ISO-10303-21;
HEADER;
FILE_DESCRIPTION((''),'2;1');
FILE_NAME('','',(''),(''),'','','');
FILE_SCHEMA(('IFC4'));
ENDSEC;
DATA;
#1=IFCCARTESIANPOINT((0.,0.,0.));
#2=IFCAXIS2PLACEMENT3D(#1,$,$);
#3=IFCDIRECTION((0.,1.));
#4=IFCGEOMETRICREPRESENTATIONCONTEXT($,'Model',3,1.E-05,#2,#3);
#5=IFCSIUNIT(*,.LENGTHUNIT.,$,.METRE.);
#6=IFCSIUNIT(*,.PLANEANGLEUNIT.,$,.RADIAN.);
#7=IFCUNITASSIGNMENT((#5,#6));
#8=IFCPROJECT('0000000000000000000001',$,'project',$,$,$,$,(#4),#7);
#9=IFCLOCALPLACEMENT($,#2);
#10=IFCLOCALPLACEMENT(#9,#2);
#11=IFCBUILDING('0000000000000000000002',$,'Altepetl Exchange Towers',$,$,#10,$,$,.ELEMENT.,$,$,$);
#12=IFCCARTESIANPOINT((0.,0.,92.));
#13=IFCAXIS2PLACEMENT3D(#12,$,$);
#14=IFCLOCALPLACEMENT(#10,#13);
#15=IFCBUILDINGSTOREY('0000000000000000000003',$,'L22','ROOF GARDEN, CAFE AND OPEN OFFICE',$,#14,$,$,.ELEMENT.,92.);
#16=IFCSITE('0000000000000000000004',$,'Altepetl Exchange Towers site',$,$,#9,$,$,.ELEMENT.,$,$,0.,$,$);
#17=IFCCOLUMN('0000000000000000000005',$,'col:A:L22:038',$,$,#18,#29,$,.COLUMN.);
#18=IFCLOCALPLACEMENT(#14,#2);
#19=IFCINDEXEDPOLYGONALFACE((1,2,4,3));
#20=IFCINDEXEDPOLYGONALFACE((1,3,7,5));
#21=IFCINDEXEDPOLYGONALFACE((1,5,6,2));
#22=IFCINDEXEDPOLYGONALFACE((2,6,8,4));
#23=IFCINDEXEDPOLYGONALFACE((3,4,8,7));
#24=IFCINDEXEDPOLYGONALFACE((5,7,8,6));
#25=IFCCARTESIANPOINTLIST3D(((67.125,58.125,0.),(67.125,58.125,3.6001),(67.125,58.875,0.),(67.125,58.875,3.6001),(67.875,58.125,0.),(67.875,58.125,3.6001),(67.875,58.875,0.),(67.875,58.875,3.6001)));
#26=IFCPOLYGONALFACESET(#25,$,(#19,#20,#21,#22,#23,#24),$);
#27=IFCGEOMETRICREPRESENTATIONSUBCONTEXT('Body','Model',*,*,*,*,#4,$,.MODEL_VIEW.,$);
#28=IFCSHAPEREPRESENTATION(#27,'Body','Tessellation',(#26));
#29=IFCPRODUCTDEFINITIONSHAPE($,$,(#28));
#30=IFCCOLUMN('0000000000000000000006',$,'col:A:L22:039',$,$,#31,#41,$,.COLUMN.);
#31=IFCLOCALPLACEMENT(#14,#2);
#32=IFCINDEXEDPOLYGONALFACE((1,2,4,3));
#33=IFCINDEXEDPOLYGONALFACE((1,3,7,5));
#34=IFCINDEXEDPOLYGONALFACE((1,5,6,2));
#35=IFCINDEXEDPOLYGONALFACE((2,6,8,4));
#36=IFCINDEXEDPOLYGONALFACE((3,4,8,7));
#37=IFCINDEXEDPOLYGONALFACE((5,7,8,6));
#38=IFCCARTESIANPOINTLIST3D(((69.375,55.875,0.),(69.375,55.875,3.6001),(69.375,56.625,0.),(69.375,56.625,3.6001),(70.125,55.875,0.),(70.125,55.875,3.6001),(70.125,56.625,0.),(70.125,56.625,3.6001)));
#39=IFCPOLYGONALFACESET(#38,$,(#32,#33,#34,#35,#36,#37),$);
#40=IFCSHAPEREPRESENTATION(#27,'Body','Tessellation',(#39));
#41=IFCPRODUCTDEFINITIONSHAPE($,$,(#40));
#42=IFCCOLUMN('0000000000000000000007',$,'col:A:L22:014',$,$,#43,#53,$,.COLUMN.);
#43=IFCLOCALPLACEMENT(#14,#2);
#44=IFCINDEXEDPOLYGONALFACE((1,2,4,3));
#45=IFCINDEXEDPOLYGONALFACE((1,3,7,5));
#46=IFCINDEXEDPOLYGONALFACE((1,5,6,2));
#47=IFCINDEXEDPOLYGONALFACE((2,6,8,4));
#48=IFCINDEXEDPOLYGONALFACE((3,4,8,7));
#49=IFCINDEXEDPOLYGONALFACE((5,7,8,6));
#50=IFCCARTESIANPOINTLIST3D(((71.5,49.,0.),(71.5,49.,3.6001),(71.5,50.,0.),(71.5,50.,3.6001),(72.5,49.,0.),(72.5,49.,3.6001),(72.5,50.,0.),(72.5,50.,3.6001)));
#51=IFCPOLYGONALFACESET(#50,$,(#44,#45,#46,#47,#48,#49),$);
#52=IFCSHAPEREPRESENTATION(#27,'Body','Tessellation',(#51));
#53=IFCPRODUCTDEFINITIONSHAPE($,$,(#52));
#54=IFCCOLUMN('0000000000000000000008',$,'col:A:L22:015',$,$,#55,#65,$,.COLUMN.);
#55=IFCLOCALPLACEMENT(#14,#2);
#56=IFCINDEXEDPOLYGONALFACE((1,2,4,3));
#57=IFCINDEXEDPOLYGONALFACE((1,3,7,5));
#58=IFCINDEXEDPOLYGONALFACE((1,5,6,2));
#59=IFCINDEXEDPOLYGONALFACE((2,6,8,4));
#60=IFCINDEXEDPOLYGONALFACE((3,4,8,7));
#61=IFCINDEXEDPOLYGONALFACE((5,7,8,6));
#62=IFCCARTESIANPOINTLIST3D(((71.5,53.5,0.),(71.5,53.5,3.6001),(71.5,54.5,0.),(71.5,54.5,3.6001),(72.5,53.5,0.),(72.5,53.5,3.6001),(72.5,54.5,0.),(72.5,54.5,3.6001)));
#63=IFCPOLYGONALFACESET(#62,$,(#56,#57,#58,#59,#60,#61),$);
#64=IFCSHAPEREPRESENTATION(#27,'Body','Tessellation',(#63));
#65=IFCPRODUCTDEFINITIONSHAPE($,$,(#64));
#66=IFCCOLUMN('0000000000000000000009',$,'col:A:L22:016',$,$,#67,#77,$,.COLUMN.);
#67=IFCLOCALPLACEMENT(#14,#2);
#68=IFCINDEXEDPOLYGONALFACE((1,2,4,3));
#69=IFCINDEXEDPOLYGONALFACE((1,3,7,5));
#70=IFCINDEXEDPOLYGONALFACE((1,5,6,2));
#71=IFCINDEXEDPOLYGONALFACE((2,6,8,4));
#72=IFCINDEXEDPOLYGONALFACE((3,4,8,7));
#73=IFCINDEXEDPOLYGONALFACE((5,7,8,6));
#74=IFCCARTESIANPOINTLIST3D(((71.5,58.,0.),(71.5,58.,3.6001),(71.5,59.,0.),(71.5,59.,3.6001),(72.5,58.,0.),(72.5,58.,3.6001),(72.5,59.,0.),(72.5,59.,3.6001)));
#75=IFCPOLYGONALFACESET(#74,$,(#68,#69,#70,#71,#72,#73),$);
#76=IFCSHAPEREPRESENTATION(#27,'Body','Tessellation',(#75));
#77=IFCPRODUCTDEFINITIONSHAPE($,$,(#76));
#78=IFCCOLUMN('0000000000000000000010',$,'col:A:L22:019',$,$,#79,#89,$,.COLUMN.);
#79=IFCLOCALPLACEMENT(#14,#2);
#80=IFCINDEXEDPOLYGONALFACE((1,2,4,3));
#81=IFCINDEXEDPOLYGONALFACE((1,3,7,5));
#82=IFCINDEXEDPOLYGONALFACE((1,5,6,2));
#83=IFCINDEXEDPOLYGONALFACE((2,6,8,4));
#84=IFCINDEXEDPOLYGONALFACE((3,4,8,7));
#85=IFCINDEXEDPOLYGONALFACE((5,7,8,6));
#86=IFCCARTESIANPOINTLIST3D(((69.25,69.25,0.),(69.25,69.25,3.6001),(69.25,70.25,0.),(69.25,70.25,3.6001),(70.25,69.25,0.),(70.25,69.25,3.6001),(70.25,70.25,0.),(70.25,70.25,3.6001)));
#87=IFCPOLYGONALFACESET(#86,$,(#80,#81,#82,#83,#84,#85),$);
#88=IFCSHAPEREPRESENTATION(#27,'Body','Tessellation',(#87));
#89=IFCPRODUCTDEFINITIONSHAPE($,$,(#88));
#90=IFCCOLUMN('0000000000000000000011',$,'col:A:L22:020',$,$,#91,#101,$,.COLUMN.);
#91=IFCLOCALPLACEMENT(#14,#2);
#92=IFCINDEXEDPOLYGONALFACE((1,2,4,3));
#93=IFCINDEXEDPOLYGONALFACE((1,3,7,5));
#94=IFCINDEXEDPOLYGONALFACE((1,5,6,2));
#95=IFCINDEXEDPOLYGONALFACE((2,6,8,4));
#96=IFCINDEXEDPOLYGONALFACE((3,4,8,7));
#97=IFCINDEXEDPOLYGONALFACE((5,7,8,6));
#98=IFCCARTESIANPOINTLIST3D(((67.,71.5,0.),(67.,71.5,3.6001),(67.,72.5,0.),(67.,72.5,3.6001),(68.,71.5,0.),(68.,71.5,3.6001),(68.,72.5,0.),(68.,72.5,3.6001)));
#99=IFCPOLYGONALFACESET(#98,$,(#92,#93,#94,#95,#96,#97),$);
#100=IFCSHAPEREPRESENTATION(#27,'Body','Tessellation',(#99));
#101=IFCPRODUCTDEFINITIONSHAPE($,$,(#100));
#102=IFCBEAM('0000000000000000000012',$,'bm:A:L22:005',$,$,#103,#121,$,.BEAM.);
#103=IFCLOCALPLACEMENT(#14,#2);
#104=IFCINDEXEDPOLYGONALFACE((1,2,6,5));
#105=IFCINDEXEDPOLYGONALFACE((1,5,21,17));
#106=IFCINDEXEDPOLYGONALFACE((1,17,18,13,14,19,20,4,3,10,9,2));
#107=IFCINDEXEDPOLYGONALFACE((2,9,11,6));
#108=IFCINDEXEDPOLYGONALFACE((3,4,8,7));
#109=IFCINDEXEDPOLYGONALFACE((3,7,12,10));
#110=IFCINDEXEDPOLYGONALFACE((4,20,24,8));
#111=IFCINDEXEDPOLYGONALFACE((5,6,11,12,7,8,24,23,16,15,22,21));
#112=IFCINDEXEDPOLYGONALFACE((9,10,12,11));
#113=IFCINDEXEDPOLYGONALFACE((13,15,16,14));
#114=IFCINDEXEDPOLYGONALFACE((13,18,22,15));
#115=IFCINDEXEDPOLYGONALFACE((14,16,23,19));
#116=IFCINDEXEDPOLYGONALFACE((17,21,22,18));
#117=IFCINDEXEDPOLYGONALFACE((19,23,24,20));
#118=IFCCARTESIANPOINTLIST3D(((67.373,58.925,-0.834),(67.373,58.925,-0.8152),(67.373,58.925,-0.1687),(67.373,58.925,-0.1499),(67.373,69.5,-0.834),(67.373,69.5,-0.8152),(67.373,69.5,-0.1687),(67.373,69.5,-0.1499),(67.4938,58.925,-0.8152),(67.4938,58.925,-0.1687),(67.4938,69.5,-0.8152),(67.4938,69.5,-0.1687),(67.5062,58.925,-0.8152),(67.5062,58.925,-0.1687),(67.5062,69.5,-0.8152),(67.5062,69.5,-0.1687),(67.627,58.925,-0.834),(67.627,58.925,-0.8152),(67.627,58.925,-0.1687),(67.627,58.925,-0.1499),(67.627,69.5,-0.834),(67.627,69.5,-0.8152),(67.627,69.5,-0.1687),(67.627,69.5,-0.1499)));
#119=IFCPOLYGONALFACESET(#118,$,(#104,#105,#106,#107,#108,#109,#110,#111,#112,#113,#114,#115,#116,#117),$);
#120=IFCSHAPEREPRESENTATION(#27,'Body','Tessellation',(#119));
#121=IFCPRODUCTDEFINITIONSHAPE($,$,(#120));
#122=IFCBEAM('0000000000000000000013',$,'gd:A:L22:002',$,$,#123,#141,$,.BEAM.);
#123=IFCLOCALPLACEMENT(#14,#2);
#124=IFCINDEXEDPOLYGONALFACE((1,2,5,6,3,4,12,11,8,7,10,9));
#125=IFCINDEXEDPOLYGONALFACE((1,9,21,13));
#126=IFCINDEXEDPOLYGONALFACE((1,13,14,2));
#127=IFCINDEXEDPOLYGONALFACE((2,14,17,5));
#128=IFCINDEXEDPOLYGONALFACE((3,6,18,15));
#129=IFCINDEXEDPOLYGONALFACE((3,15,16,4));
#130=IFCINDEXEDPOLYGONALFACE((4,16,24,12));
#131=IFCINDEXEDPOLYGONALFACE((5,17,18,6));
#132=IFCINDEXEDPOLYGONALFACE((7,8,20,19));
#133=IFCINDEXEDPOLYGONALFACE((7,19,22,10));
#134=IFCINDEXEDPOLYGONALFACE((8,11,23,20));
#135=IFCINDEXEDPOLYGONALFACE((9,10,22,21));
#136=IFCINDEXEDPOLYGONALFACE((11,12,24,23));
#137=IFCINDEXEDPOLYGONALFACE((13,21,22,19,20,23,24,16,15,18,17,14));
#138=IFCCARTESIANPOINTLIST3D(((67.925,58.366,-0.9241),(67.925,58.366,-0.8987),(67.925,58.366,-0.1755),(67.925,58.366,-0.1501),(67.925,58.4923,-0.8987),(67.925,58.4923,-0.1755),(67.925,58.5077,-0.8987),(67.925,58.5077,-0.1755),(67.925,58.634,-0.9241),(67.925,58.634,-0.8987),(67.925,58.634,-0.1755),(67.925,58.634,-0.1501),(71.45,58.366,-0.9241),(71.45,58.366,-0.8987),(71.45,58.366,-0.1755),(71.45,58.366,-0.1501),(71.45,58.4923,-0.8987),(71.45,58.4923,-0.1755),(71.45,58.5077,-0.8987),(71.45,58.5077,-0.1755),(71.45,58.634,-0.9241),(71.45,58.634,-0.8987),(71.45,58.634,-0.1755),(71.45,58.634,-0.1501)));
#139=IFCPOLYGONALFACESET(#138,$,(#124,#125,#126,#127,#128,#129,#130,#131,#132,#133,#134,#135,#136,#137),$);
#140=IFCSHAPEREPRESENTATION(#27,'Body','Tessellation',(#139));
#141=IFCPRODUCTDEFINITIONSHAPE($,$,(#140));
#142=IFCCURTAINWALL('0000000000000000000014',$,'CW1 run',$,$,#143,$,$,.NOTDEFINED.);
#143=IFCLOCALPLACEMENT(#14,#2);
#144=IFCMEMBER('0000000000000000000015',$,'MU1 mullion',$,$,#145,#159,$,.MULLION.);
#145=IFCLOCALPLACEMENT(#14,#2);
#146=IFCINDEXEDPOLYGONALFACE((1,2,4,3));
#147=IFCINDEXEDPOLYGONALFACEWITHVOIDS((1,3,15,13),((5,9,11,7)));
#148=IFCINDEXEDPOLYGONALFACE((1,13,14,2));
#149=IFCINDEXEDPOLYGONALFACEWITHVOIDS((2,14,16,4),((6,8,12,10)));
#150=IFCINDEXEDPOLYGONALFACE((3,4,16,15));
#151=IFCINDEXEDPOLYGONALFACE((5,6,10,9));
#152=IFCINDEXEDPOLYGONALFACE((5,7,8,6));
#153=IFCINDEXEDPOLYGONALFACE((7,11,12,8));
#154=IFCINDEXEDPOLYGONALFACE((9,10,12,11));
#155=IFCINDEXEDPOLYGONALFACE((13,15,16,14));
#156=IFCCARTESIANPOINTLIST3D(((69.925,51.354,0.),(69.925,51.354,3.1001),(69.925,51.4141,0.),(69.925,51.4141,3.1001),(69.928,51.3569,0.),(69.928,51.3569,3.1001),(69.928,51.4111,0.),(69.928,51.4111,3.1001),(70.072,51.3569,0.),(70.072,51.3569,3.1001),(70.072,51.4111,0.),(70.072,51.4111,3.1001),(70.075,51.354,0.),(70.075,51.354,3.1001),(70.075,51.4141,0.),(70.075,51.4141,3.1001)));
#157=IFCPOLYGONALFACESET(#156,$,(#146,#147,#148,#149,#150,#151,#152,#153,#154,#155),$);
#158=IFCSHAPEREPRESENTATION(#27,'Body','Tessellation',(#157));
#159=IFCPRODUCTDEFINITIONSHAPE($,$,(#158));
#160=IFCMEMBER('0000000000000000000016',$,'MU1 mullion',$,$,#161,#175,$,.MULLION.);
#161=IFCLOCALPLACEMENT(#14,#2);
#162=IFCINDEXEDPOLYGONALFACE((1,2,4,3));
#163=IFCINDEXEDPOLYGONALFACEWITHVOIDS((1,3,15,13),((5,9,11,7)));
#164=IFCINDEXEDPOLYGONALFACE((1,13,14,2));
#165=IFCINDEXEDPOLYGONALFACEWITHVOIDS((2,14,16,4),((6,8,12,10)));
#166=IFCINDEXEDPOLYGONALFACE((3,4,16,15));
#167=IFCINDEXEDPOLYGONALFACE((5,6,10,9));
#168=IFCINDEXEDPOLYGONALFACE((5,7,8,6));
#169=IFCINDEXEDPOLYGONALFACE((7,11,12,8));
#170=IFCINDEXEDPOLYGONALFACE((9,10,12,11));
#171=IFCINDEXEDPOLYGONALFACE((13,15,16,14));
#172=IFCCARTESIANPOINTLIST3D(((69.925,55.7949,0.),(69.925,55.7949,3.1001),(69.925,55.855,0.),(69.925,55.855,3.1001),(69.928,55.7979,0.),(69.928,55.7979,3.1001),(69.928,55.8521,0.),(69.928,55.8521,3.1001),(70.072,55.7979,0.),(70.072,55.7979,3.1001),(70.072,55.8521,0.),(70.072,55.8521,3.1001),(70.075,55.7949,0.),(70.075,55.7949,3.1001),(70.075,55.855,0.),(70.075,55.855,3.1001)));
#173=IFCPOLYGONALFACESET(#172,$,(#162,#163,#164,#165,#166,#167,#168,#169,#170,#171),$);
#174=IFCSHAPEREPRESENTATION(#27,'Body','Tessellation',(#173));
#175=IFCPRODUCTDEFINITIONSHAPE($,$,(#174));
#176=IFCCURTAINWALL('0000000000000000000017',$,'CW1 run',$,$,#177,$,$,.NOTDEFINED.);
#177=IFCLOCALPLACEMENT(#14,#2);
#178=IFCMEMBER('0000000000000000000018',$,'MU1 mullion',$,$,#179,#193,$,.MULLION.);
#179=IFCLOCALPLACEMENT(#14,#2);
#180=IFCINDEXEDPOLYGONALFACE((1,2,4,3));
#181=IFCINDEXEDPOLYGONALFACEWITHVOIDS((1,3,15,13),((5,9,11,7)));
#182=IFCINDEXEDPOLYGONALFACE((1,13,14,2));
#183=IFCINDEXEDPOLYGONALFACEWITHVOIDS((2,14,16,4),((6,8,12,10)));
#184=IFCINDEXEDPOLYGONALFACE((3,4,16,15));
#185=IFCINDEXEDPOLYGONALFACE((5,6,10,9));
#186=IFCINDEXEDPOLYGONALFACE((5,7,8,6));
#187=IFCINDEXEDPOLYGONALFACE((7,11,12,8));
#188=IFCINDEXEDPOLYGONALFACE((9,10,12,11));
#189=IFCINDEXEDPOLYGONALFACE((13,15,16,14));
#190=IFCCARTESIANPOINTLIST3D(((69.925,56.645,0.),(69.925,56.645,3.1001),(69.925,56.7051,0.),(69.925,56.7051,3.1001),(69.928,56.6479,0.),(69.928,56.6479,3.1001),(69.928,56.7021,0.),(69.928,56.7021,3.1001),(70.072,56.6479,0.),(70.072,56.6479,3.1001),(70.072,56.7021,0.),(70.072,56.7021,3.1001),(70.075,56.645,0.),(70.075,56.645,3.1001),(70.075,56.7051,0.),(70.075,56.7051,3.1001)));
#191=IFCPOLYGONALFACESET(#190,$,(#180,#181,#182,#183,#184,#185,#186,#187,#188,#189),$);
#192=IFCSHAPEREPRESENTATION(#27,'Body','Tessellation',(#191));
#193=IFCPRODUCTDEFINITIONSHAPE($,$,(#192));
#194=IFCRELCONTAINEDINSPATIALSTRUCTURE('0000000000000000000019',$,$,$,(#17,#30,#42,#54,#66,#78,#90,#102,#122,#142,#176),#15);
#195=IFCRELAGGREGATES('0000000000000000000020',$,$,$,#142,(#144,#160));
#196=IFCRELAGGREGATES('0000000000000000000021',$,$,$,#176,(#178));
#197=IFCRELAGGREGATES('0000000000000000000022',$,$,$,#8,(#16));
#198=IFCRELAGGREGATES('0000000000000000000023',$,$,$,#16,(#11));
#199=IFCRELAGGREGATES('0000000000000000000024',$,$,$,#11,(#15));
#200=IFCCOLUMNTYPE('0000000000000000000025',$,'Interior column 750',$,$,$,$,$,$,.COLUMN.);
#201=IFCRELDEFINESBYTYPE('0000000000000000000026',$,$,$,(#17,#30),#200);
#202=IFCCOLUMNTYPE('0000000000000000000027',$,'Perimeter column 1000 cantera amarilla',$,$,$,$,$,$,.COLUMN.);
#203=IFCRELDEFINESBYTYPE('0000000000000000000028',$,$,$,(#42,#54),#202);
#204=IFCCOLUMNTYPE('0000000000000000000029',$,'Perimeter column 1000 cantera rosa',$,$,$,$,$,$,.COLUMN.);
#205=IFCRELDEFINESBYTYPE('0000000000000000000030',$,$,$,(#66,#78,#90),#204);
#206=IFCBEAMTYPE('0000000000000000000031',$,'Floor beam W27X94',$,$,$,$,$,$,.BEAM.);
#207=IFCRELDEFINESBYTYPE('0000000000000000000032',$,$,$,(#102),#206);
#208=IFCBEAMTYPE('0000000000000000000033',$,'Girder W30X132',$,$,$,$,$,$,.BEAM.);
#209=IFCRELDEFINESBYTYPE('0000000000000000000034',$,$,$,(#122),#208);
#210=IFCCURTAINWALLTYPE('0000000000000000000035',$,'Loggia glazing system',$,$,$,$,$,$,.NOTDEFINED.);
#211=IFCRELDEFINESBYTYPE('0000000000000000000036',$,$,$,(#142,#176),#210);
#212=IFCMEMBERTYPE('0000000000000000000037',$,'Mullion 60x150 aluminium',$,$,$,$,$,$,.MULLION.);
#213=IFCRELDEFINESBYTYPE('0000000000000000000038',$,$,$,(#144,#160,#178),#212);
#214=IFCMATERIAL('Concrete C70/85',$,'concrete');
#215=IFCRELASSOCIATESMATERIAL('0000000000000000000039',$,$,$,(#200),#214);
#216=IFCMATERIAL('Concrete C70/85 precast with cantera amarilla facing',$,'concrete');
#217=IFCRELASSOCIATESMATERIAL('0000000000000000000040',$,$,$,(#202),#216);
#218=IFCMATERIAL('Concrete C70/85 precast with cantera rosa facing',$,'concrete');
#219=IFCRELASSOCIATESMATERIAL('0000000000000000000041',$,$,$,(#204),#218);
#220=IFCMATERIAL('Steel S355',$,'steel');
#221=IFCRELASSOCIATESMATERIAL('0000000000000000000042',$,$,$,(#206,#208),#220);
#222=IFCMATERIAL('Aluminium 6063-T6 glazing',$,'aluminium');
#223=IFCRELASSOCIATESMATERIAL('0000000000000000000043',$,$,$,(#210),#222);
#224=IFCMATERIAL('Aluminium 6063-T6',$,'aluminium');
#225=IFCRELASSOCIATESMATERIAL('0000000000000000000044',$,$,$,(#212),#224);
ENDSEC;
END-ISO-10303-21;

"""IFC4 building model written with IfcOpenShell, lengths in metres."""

from ifc_helpers import new_model, si_unit, direction, frame, origin, origin_2d, place, context, subcontext, project, spatial, rectangle, hollow_rectangle, i_section, extrude, material, material_profile, profile_set, type_object, element, aggregate, save


model = new_model("IFC4")

# Units and contexts
model_context = context("Model", 3, precision=1e-05, world=origin(), true_north=direction((0.0, 1.0)))
body_context = subcontext(model_context, "Body", "Model", "MODEL_VIEW")
ifc_project = project(units=[si_unit("LENGTHUNIT", "METRE"), si_unit("PLANEANGLEUNIT", "RADIAN")], contexts=[model_context])

# Site, building, storey
site_placement = place(None, origin())
site = spatial("IfcSite", under=ifc_project, at=site_placement, Name="Altepetl Exchange Towers site", CompositionType="ELEMENT", RefElevation=0.0)
building_placement = place(site_placement, origin())
building = spatial("IfcBuilding", under=site, at=building_placement, Name="Altepetl Exchange Towers", CompositionType="ELEMENT")
storey_placement = place(building_placement, frame((0.0, 0.0, 92.0)))
storey = spatial("IfcBuildingStorey", under=building, at=storey_placement, Name="L22", Description="ROOF GARDEN, CAFE AND OPEN OFFICE", CompositionType="ELEMENT", Elevation=92.0)

# Columns
ifc_material_1 = material(Name="Concrete C70/85", Category="concrete")
ifc_material_profile_1 = material_profile(ifc_material_1, rectangle(XDim=0.75, YDim=0.75, at=origin_2d()), Name="750 x 750")
ifc_profile_set_1 = profile_set([ifc_material_profile_1], Name="Concrete C70/85")
column_type_1 = type_object("IfcColumnType", Name="Interior column 750", PredefinedType="COLUMN", material=ifc_profile_set_1)
for number, where, name in (
    (1, (67.5, 58.5, 0.0), "col:A:L22:038"),
    (2, (69.75, 56.25, 0.0), "col:A:L22:039"),
):
    element("IfcColumn", number, at=place(storey_placement, frame(where)), inside=storey, type_object=column_type_1, Name=name, PredefinedType="COLUMN", context=body_context, shape_type="SweptSolid", body=[
        extrude(rectangle(XDim=0.75, YDim=0.75, at=origin_2d()), origin(), (0.0, 0.0, 1.0), 3.6001),
    ])
ifc_material_2 = material(Name="Concrete C70/85 precast with cantera amarilla facing", Category="concrete")
ifc_material_profile_2 = material_profile(ifc_material_2, rectangle(XDim=1.0, YDim=1.0, at=origin_2d()), Name="1000 x 1000")
ifc_profile_set_2 = profile_set([ifc_material_profile_2], Name="Concrete C70/85 precast with cantera amarilla facing")
column_type_2 = type_object("IfcColumnType", Name="Perimeter column 1000 cantera amarilla", PredefinedType="COLUMN", material=ifc_profile_set_2)
for number, where, name in (
    (3, (72.0, 49.5, 0.0), "col:A:L22:014"),
    (4, (72.0, 54.0, 0.0), "col:A:L22:015"),
):
    element("IfcColumn", number, at=place(storey_placement, frame(where)), inside=storey, type_object=column_type_2, Name=name, PredefinedType="COLUMN", context=body_context, shape_type="SweptSolid", body=[
        extrude(rectangle(XDim=1.0, YDim=1.0, at=origin_2d()), origin(), (0.0, 0.0, 1.0), 3.6001),
    ])
ifc_material_3 = material(Name="Concrete C70/85 precast with cantera rosa facing", Category="concrete")
ifc_material_profile_3 = material_profile(ifc_material_3, rectangle(XDim=1.0, YDim=1.0, at=origin_2d()), Name="1000 x 1000")
ifc_profile_set_3 = profile_set([ifc_material_profile_3], Name="Concrete C70/85 precast with cantera rosa facing")
column_type_3 = type_object("IfcColumnType", Name="Perimeter column 1000 cantera rosa", PredefinedType="COLUMN", material=ifc_profile_set_3)
for number, where, name in (
    (5, (72.0, 58.5, 0.0), "col:A:L22:016"),
    (6, (69.75, 69.75, 0.0), "col:A:L22:019"),
    (7, (67.5, 72.0, 0.0), "col:A:L22:020"),
):
    element("IfcColumn", number, at=place(storey_placement, frame(where)), inside=storey, type_object=column_type_3, Name=name, PredefinedType="COLUMN", context=body_context, shape_type="SweptSolid", body=[
        extrude(rectangle(XDim=1.0, YDim=1.0, at=origin_2d()), origin(), (0.0, 0.0, 1.0), 3.6001),
    ])

# Beams
ifc_material_4 = material(Name="Steel S355", Category="steel")
ifc_material_profile_4 = material_profile(ifc_material_4, i_section(OverallWidth=0.2539, OverallDepth=0.6841, WebThickness=0.0125, FlangeThickness=0.0188, at=origin_2d()), Name="W27X94")
ifc_profile_set_4 = profile_set([ifc_material_profile_4], Name="Steel S355")
beam_type_1 = type_object("IfcBeamType", Name="Floor beam W27X94", PredefinedType="BEAM", material=ifc_profile_set_4)
beam_1_placement = place(storey_placement, frame((67.5, 58.925, -0.4919), z_axis=(0.0, 1.0, 0.0), x_axis=(-1.0, 0.0, 0.0)))
element("IfcBeam", 8, at=beam_1_placement, inside=storey, type_object=beam_type_1, Name="bm:A:L22:005", PredefinedType="BEAM", context=body_context, shape_type="SweptSolid", body=[
    extrude(i_section(OverallWidth=0.2539, OverallDepth=0.6841, WebThickness=0.0125, FlangeThickness=0.0188, at=origin_2d()), origin(), (0.0, 0.0, 1.0), 10.575),
])
ifc_material_profile_5 = material_profile(ifc_material_4, i_section(OverallWidth=0.2681, OverallDepth=0.7739, WebThickness=0.0154, FlangeThickness=0.0254, at=origin_2d()), Name="W30X132")
ifc_profile_set_5 = profile_set([ifc_material_profile_5], Name="Steel S355")
beam_type_2 = type_object("IfcBeamType", Name="Girder W30X132", PredefinedType="BEAM", material=ifc_profile_set_5)
beam_2_placement = place(storey_placement, frame((67.925, 58.5, -0.5371), z_axis=(1.0, 0.0, 0.0), x_axis=(0.0, 1.0, 0.0)))
element("IfcBeam", 9, at=beam_2_placement, inside=storey, type_object=beam_type_2, Name="gd:A:L22:002", PredefinedType="BEAM", context=body_context, shape_type="SweptSolid", body=[
    extrude(i_section(OverallWidth=0.2681, OverallDepth=0.7739, WebThickness=0.0154, FlangeThickness=0.0254, at=origin_2d()), origin(), (0.0, 0.0, 1.0), 3.5249),
])

# Curtain walls, members
ifc_material_5 = material(Name="Aluminium 6063-T6 glazing", Category="aluminium")
curtain_wall_type = type_object("IfcCurtainWallType", Name="Loggia glazing system", PredefinedType="NOTDEFINED", material=ifc_material_5)
curtain_wall_1_placement = place(storey_placement, origin())
curtain_wall_1 = element("IfcCurtainWall", 10, at=curtain_wall_1_placement, inside=storey, type_object=curtain_wall_type, Name="CW1 run", PredefinedType="NOTDEFINED")
ifc_material_6 = material(Name="Aluminium 6063-T6", Category="aluminium")
ifc_material_profile_6 = material_profile(ifc_material_6, hollow_rectangle(XDim=0.0601, YDim=0.1499, WallThickness=0.0029, at=origin_2d()), Name="Mullion 60x150 aluminium")
ifc_profile_set_6 = profile_set([ifc_material_profile_6], Name="Aluminium 6063-T6")
member_type = type_object("IfcMemberType", Name="Mullion 60x150 aluminium", PredefinedType="MULLION", material=ifc_profile_set_6)
member_1_placement = place(storey_placement, frame((70.0, 51.384, 0.0), z_axis=(0.0, 0.0, 1.0), x_axis=(0.0, 1.0, 0.0)))
member_1 = element("IfcMember", 11, at=member_1_placement, type_object=member_type, Name="MU1 mullion", PredefinedType="MULLION", context=body_context, shape_type="SweptSolid", body=[
    extrude(hollow_rectangle(XDim=0.0601, YDim=0.1499, WallThickness=0.0029, at=origin_2d()), origin(), (0.0, 0.0, 1.0), 3.1001),
])
member_2_placement = place(storey_placement, frame((70.0, 55.825, 0.0), z_axis=(0.0, 0.0, 1.0), x_axis=(0.0, 1.0, 0.0)))
member_2 = element("IfcMember", 12, at=member_2_placement, type_object=member_type, Name="MU1 mullion", PredefinedType="MULLION", context=body_context, shape_type="SweptSolid", body=[
    extrude(hollow_rectangle(XDim=0.0601, YDim=0.1499, WallThickness=0.0029, at=origin_2d()), origin(), (0.0, 0.0, 1.0), 3.1001),
])
curtain_wall_2_placement = place(storey_placement, origin())
curtain_wall_2 = element("IfcCurtainWall", 13, at=curtain_wall_2_placement, inside=storey, type_object=curtain_wall_type, Name="CW1 run", PredefinedType="NOTDEFINED")
member_3_placement = place(storey_placement, frame((70.0, 56.675, 0.0), z_axis=(0.0, 0.0, 1.0), x_axis=(0.0, 1.0, 0.0)))
member_3 = element("IfcMember", 14, at=member_3_placement, type_object=member_type, Name="MU1 mullion", PredefinedType="MULLION", context=body_context, shape_type="SweptSolid", body=[
    extrude(hollow_rectangle(XDim=0.0601, YDim=0.1499, WallThickness=0.0029, at=origin_2d()), origin(), (0.0, 0.0, 1.0), 3.1001),
])

aggregate(curtain_wall_1, [member_1, member_2])
aggregate(curtain_wall_2, [member_3])

save(model, "model.ifc")
